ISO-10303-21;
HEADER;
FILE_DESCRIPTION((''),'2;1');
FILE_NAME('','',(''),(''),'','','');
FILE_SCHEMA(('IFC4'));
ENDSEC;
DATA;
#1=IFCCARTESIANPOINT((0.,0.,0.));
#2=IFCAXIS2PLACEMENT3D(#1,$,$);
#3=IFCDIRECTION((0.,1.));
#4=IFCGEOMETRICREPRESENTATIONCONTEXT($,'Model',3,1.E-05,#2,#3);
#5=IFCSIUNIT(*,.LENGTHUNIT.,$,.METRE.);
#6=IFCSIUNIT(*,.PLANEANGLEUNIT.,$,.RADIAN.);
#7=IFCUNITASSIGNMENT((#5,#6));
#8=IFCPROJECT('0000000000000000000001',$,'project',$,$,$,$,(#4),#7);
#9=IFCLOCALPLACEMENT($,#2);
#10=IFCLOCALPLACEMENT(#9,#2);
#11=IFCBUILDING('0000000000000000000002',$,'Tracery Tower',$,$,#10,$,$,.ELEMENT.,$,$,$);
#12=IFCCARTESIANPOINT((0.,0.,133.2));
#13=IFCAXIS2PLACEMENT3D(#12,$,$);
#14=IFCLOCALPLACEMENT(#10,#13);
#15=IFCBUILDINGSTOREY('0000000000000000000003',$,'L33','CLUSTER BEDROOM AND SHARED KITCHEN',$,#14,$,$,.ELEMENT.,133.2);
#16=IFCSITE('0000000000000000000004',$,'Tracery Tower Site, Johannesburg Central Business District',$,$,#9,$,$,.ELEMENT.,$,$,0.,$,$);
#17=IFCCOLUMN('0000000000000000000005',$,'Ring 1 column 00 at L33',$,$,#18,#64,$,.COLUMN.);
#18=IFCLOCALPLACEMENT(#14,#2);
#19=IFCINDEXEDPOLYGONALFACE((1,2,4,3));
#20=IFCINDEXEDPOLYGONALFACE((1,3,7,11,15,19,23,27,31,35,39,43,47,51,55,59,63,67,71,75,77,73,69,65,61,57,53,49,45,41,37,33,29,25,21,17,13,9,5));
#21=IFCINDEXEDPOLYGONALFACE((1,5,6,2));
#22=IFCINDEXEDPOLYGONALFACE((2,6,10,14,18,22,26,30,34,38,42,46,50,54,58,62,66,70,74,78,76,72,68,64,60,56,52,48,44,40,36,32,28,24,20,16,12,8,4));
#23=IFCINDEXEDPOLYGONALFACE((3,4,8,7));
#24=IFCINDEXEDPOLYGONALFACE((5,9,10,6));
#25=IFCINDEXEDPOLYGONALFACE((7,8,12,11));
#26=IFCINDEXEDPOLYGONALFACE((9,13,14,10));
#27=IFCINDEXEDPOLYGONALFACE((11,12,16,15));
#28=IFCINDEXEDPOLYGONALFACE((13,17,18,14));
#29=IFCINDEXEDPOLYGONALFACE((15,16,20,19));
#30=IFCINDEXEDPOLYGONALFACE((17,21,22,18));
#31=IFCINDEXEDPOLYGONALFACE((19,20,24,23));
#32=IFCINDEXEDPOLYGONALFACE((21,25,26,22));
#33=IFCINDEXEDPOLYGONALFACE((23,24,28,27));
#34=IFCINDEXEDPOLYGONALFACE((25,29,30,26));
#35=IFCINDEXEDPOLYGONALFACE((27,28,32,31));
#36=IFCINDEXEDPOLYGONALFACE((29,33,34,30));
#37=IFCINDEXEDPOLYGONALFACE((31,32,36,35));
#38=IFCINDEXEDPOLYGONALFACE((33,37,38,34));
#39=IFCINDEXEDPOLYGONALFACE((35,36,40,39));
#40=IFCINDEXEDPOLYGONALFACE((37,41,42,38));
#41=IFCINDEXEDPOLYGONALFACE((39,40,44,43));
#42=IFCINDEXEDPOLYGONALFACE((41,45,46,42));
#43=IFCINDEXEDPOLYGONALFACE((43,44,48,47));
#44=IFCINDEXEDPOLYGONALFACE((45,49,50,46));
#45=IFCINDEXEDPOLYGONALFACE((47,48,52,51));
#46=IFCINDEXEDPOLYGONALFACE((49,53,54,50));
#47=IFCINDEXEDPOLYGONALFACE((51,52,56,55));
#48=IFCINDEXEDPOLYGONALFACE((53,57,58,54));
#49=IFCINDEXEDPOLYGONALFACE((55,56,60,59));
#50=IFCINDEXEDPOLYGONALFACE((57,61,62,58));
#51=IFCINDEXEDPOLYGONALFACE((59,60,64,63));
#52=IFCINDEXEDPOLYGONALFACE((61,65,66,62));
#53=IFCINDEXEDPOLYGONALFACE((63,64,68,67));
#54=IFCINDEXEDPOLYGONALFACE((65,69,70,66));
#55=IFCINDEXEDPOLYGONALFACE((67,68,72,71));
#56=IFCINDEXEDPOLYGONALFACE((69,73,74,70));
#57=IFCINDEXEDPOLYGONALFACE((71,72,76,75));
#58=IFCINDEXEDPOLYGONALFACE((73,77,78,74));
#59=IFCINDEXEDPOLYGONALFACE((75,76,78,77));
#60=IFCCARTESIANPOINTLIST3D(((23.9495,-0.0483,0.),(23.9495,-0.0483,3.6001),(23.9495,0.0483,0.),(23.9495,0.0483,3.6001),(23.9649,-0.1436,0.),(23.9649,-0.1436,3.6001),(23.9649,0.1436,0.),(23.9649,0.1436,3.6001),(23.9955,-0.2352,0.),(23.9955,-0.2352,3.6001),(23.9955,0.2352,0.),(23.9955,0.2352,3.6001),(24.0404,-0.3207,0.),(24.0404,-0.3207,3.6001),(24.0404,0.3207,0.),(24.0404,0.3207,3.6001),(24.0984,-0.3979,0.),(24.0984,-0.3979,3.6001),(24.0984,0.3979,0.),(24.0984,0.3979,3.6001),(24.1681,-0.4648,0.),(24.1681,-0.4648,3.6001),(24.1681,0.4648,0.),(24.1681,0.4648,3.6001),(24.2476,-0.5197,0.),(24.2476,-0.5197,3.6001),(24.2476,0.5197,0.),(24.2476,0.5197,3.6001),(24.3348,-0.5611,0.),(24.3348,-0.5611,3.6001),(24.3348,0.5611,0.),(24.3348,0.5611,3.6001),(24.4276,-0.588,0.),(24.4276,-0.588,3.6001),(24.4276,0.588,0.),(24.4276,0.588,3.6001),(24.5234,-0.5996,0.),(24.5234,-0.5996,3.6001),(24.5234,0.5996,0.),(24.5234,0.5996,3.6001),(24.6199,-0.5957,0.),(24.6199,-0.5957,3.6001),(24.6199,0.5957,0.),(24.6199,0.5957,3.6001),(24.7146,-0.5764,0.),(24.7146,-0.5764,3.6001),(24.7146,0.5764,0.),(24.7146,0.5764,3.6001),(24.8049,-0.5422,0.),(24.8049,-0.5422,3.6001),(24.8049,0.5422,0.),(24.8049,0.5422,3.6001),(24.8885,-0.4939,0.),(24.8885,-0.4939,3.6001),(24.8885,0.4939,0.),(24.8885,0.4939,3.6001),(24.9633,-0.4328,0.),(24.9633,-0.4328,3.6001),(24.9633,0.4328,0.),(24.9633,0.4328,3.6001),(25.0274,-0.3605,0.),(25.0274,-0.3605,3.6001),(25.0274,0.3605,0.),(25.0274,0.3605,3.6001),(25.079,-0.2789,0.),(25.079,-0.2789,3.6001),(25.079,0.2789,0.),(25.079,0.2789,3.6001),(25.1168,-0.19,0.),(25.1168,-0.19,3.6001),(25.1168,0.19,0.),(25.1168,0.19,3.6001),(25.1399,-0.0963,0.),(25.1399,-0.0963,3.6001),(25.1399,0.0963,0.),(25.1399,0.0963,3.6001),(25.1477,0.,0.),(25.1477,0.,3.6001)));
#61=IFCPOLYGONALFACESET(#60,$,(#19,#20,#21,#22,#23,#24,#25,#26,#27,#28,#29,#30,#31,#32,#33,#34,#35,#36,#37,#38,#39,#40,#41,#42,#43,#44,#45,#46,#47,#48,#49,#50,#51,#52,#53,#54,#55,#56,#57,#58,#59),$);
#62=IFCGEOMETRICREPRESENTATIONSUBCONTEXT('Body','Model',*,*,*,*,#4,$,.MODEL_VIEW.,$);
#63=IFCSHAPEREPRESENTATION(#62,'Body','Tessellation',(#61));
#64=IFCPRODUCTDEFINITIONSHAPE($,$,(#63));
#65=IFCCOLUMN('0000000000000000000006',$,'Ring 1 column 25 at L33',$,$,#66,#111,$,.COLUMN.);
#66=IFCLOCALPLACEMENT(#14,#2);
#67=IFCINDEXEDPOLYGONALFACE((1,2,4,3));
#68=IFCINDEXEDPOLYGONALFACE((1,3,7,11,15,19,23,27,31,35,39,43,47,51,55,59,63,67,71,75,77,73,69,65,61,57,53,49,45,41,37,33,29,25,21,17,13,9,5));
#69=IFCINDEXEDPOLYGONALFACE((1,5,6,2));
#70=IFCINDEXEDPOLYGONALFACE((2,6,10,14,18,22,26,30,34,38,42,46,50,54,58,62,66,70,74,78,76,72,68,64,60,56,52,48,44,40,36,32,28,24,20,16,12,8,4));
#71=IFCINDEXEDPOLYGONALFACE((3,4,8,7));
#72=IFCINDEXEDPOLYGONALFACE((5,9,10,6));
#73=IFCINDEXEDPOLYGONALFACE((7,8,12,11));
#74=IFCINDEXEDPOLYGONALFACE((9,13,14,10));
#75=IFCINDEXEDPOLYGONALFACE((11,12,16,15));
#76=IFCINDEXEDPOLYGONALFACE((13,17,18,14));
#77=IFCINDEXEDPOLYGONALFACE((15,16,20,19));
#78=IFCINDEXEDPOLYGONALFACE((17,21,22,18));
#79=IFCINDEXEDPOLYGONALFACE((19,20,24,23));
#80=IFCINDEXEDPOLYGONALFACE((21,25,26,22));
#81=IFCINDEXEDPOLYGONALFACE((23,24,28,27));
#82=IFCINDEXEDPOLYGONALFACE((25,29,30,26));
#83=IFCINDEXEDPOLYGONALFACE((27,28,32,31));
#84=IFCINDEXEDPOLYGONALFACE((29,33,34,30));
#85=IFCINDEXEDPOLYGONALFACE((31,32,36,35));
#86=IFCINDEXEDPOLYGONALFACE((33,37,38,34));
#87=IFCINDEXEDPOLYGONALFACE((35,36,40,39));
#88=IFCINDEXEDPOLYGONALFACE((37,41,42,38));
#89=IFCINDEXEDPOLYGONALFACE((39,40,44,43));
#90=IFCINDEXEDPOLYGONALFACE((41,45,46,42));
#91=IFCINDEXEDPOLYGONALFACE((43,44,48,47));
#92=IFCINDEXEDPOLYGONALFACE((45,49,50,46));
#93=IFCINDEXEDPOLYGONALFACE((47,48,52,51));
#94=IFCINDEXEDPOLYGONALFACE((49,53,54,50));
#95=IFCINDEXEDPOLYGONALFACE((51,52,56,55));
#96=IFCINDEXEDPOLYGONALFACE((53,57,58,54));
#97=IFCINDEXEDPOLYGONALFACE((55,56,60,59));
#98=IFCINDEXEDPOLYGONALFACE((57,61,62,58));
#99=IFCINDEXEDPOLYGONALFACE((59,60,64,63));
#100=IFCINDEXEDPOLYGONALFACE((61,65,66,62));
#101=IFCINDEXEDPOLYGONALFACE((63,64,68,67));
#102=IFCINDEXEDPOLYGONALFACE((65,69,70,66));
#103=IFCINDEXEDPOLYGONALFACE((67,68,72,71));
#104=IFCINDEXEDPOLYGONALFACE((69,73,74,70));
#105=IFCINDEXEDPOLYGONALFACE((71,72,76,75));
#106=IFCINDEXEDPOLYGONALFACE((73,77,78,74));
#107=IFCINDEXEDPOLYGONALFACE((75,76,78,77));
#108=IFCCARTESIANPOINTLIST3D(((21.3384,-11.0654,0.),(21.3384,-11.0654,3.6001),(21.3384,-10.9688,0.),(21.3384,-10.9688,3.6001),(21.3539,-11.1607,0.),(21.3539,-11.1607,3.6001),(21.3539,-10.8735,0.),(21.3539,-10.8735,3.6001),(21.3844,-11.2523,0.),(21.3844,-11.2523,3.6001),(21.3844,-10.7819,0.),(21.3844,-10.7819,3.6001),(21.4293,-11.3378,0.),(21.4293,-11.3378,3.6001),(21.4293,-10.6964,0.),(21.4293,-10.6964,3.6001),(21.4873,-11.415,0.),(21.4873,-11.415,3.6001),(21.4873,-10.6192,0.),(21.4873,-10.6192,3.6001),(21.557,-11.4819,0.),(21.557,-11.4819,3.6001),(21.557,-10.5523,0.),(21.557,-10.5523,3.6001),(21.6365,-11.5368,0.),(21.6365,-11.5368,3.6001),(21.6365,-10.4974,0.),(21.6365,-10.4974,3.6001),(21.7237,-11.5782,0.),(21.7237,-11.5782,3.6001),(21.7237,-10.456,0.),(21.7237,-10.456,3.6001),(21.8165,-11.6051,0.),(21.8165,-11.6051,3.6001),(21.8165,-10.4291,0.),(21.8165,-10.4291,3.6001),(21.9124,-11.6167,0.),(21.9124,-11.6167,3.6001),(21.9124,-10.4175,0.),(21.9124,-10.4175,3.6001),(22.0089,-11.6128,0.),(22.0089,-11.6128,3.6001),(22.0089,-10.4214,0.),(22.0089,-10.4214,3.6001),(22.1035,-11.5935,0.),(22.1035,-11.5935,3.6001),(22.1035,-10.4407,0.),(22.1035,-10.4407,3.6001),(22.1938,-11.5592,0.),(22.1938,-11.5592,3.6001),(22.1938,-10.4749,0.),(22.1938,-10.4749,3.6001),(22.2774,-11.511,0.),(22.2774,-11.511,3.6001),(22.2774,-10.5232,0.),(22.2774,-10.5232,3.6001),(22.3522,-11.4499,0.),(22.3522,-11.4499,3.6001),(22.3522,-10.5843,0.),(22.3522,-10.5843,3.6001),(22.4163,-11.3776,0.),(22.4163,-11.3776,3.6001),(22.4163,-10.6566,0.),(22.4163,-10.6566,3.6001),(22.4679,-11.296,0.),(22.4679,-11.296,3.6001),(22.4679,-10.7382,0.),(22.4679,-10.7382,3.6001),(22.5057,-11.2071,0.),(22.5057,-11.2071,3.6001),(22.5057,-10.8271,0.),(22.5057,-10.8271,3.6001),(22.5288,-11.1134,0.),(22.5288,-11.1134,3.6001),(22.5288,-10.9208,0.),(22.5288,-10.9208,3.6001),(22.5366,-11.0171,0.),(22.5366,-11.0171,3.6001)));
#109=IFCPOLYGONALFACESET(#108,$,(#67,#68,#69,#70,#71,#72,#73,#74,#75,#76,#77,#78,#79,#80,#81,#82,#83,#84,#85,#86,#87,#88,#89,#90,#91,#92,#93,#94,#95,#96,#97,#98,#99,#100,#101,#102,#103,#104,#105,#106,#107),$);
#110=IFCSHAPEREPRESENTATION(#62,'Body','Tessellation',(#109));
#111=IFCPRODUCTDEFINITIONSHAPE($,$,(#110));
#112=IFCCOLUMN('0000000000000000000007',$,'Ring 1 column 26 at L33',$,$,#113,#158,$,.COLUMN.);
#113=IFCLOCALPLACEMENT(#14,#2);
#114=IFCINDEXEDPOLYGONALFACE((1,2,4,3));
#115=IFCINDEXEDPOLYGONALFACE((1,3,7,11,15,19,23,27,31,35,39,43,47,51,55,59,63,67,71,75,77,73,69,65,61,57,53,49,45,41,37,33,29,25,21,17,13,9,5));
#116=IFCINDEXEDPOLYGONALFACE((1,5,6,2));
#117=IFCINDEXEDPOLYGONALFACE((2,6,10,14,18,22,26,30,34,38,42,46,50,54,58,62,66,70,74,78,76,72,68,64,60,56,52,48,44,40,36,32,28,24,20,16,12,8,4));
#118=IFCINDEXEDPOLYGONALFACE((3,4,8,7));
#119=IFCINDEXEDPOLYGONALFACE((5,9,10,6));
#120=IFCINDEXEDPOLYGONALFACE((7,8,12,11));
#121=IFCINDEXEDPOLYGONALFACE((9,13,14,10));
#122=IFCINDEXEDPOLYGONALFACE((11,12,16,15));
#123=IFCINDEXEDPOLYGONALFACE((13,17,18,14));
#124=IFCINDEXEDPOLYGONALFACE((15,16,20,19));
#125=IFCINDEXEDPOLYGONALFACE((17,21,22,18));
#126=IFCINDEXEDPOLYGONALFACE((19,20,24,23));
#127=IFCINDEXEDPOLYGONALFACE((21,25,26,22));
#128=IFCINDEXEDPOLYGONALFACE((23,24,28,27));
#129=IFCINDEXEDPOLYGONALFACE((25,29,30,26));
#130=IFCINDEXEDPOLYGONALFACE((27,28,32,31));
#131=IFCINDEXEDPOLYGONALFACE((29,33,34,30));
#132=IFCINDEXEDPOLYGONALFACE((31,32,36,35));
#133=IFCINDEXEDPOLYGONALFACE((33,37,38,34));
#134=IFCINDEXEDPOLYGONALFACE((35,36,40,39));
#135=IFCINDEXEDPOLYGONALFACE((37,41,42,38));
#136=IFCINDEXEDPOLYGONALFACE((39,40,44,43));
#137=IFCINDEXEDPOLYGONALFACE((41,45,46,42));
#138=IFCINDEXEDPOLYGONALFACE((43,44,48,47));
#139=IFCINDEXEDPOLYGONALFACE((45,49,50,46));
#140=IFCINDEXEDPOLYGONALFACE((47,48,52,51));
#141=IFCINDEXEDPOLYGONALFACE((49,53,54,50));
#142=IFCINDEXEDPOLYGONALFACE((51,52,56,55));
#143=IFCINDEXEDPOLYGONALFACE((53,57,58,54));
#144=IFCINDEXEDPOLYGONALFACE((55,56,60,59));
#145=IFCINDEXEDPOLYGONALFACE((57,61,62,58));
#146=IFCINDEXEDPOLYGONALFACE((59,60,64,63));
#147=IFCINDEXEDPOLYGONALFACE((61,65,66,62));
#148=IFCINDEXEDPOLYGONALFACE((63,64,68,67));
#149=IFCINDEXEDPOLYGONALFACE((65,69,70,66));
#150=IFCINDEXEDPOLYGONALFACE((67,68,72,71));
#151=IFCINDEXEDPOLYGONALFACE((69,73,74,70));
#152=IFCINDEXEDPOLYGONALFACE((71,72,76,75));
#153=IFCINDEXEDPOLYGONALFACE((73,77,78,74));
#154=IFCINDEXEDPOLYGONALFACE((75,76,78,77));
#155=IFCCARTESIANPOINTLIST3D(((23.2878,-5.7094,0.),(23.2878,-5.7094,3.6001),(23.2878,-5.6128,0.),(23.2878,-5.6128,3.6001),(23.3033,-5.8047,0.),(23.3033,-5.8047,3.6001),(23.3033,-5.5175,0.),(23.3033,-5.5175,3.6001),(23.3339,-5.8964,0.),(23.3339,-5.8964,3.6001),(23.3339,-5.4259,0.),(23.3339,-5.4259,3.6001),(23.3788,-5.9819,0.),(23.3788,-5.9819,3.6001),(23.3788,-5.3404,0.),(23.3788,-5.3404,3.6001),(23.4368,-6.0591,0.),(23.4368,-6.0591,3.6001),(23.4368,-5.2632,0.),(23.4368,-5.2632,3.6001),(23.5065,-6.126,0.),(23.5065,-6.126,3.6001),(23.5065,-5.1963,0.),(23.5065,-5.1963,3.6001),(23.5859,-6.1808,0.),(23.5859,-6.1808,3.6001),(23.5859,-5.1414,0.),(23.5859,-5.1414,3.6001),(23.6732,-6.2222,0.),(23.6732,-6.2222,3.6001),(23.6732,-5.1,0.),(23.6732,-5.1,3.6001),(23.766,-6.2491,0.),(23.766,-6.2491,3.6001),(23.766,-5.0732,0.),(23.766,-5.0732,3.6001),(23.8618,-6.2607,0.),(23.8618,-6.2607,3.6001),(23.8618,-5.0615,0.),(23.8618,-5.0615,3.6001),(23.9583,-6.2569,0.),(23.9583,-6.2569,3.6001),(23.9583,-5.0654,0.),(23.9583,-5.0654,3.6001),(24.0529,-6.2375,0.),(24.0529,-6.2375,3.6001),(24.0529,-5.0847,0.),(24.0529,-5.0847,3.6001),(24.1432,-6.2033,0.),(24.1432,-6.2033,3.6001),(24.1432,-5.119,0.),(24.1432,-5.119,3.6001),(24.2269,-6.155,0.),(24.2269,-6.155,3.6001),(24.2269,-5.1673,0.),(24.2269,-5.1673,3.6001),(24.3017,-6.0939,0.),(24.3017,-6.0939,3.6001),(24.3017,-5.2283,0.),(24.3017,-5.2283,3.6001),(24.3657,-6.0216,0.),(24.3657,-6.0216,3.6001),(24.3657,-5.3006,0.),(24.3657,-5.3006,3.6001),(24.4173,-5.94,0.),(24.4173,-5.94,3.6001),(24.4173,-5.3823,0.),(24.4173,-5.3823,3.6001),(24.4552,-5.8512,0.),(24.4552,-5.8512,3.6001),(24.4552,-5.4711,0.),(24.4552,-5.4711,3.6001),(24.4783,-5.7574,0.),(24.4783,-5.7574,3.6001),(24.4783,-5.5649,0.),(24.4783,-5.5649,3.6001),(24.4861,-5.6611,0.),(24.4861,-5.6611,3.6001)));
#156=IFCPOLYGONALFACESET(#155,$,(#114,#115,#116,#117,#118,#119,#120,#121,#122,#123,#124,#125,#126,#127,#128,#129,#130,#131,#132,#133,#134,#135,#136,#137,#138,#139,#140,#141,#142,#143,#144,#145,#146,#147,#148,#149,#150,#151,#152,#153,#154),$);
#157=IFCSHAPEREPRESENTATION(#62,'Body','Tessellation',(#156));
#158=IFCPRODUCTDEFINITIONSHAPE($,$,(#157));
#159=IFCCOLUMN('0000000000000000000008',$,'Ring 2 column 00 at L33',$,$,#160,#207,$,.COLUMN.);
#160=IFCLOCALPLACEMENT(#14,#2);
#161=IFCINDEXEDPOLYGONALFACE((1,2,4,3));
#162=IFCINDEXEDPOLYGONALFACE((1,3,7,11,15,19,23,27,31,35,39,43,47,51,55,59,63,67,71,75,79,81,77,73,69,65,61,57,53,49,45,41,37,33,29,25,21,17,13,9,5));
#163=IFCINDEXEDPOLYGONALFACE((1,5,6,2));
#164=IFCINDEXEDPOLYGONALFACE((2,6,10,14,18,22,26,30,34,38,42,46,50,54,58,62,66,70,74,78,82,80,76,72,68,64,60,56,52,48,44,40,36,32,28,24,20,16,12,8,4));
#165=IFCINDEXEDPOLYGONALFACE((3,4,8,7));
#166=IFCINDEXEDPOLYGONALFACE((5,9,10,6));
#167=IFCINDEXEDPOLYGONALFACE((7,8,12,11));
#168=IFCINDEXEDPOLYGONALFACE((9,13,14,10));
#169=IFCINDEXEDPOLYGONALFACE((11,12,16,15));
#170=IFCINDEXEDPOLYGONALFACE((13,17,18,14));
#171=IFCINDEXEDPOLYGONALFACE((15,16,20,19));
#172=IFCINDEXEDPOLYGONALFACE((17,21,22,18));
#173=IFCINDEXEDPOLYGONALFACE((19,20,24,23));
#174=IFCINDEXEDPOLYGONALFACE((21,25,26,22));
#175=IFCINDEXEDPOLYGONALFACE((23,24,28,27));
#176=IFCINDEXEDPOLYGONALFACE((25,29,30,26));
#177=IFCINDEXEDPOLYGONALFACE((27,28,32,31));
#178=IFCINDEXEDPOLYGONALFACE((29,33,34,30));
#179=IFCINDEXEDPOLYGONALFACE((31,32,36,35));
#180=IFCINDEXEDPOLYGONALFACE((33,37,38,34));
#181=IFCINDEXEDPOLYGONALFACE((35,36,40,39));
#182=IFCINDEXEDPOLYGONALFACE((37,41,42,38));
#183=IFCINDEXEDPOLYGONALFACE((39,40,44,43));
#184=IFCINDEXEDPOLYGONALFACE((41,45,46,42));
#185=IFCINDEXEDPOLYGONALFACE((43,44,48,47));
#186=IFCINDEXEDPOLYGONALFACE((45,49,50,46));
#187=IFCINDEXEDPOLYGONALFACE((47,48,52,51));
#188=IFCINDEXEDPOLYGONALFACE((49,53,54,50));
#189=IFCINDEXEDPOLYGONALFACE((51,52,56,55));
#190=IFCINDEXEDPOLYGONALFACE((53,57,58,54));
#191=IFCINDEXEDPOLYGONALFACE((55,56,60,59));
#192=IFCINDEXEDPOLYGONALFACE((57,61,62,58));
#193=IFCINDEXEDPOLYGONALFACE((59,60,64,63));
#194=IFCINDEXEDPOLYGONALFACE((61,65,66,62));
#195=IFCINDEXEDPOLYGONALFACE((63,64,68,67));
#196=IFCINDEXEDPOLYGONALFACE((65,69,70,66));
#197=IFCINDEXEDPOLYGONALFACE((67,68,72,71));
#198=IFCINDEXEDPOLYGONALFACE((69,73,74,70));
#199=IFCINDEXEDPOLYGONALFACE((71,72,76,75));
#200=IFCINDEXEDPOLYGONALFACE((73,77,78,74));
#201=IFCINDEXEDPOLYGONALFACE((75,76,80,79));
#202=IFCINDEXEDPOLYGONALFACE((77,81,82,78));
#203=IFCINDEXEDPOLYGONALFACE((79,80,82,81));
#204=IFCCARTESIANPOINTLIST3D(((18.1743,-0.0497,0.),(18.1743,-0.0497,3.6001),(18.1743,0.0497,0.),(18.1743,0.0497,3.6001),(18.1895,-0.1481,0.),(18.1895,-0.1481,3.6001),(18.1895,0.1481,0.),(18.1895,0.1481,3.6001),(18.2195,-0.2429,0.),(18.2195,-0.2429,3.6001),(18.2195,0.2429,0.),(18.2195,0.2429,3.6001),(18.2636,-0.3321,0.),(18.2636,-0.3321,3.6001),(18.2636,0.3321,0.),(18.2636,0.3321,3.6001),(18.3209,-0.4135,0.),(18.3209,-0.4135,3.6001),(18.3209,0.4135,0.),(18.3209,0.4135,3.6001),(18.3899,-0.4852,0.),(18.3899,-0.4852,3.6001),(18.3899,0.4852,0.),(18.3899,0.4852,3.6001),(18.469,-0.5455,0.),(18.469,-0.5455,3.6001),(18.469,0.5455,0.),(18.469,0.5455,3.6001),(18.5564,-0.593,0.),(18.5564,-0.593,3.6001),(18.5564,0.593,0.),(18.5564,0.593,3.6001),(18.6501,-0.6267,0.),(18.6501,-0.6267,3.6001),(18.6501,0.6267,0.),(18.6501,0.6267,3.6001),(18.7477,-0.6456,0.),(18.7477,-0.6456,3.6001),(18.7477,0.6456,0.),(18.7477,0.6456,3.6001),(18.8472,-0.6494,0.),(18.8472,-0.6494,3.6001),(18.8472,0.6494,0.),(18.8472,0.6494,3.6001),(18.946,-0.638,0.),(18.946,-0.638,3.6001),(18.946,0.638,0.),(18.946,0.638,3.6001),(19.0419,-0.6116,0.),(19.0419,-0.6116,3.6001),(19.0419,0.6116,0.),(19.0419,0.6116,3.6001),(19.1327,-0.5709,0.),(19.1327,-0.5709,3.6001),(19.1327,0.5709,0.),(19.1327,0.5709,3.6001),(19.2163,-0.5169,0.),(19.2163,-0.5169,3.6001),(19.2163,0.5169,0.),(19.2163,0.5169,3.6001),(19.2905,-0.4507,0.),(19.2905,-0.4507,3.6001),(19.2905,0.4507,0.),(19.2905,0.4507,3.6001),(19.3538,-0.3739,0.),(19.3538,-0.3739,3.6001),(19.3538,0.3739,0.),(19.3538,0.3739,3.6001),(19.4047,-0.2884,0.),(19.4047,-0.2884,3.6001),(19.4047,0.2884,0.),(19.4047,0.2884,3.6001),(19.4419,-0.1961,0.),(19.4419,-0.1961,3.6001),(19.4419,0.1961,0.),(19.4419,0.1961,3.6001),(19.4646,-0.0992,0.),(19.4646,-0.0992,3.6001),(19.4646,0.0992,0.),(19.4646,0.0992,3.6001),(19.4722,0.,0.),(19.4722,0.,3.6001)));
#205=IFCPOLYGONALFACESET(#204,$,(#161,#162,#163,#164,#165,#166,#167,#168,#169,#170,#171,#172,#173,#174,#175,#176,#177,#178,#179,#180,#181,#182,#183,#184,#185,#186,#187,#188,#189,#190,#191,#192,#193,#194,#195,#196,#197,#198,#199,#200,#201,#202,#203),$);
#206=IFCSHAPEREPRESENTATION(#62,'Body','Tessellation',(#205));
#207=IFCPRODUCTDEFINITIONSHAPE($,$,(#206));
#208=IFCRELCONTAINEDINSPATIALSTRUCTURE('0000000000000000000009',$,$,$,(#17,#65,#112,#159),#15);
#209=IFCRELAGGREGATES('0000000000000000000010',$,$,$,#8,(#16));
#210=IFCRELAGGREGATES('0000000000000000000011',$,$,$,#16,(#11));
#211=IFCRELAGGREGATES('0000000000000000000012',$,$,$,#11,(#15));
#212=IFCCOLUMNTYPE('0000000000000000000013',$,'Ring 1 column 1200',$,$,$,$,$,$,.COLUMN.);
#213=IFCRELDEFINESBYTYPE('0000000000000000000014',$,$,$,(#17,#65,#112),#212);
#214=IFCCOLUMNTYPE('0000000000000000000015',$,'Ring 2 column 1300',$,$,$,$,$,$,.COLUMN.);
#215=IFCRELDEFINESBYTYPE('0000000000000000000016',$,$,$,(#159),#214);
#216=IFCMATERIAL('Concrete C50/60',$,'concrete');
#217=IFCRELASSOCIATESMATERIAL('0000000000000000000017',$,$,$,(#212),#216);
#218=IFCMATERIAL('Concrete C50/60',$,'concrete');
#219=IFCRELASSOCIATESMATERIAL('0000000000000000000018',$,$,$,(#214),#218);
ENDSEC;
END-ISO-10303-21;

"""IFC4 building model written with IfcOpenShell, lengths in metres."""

from ifc_helpers import new_model, si_unit, direction, frame, origin, origin_2d, place, context, subcontext, project, spatial, circle, extrude, material, material_profile, profile_set, type_object, element, save


model = new_model("IFC4")

# Units and contexts
model_context = context("Model", 3, precision=1e-05, world=origin(), true_north=direction((0.0, 1.0)))
body_context = subcontext(model_context, "Body", "Model", "MODEL_VIEW")
ifc_project = project(units=[si_unit("LENGTHUNIT", "METRE"), si_unit("PLANEANGLEUNIT", "RADIAN")], contexts=[model_context])

# Site, building, storey
site_placement = place(None, origin())
site = spatial("IfcSite", under=ifc_project, at=site_placement, Name="Tracery Tower Site, Johannesburg Central Business District", CompositionType="ELEMENT", RefElevation=0.0)
building_placement = place(site_placement, origin())
building = spatial("IfcBuilding", under=site, at=building_placement, Name="Tracery Tower", CompositionType="ELEMENT")
storey_placement = place(building_placement, frame((0.0, 0.0, 133.2)))
storey = spatial("IfcBuildingStorey", under=building, at=storey_placement, Name="L33", Description="CLUSTER BEDROOM AND SHARED KITCHEN", CompositionType="ELEMENT", Elevation=133.2)

# Columns
ifc_material_1 = material(Name="Concrete C50/60", Category="concrete")
ifc_material_profile_1 = material_profile(ifc_material_1, circle(Radius=0.6001, at=origin_2d()), Name="RC D1200")
ifc_profile_set_1 = profile_set([ifc_material_profile_1], Name="Concrete C50/60")
column_type_1 = type_object("IfcColumnType", Name="Ring 1 column 1200", PredefinedType="COLUMN", material=ifc_profile_set_1)
for number, where, z_axis, x_axis, name in (
    (1, (24.5476, 0.0, 0.0), (0.0, 0.0, 1.0), (1.0, 0.0, 0.0), "Ring 1 column 00 at L33"),
    (2, (21.9365, -11.0171, 0.0), (0.0, 0.0, 1.0), (1.0, 0.0, 0.0), "Ring 1 column 25 at L33"),
    (3, (23.886, -5.6611, 0.0), (0.0, 0.0, 1.0), (1.0, 0.0, 0.0), "Ring 1 column 26 at L33"),
):
    element("IfcColumn", number, at=place(storey_placement, frame(where, z_axis=z_axis, x_axis=x_axis)), inside=storey, type_object=column_type_1, Name=name, PredefinedType="COLUMN", context=body_context, shape_type="SweptSolid", body=[
        extrude(circle(Radius=0.6001, at=origin_2d()), origin(), (0.0, 0.0, 1.0), 3.6001),
    ])
ifc_material_2 = material(Name="Concrete C50/60", Category="concrete")
ifc_material_profile_2 = material_profile(ifc_material_2, circle(Radius=0.6499, at=origin_2d()), Name="RC D1300")
ifc_profile_set_2 = profile_set([ifc_material_profile_2], Name="Concrete C50/60")
column_type_2 = type_object("IfcColumnType", Name="Ring 2 column 1300", PredefinedType="COLUMN", material=ifc_profile_set_2)
for number, where, z_axis, x_axis, name in (
    (4, (18.8223, 0.0, 0.0), (0.0, 0.0, 1.0), (1.0, 0.0, 0.0), "Ring 2 column 00 at L33"),
):
    element("IfcColumn", number, at=place(storey_placement, frame(where, z_axis=z_axis, x_axis=x_axis)), inside=storey, type_object=column_type_2, Name=name, PredefinedType="COLUMN", context=body_context, shape_type="SweptSolid", body=[
        extrude(circle(Radius=0.6499, at=origin_2d()), origin(), (0.0, 0.0, 1.0), 3.6001),
    ])

save(model, "model.ifc")
